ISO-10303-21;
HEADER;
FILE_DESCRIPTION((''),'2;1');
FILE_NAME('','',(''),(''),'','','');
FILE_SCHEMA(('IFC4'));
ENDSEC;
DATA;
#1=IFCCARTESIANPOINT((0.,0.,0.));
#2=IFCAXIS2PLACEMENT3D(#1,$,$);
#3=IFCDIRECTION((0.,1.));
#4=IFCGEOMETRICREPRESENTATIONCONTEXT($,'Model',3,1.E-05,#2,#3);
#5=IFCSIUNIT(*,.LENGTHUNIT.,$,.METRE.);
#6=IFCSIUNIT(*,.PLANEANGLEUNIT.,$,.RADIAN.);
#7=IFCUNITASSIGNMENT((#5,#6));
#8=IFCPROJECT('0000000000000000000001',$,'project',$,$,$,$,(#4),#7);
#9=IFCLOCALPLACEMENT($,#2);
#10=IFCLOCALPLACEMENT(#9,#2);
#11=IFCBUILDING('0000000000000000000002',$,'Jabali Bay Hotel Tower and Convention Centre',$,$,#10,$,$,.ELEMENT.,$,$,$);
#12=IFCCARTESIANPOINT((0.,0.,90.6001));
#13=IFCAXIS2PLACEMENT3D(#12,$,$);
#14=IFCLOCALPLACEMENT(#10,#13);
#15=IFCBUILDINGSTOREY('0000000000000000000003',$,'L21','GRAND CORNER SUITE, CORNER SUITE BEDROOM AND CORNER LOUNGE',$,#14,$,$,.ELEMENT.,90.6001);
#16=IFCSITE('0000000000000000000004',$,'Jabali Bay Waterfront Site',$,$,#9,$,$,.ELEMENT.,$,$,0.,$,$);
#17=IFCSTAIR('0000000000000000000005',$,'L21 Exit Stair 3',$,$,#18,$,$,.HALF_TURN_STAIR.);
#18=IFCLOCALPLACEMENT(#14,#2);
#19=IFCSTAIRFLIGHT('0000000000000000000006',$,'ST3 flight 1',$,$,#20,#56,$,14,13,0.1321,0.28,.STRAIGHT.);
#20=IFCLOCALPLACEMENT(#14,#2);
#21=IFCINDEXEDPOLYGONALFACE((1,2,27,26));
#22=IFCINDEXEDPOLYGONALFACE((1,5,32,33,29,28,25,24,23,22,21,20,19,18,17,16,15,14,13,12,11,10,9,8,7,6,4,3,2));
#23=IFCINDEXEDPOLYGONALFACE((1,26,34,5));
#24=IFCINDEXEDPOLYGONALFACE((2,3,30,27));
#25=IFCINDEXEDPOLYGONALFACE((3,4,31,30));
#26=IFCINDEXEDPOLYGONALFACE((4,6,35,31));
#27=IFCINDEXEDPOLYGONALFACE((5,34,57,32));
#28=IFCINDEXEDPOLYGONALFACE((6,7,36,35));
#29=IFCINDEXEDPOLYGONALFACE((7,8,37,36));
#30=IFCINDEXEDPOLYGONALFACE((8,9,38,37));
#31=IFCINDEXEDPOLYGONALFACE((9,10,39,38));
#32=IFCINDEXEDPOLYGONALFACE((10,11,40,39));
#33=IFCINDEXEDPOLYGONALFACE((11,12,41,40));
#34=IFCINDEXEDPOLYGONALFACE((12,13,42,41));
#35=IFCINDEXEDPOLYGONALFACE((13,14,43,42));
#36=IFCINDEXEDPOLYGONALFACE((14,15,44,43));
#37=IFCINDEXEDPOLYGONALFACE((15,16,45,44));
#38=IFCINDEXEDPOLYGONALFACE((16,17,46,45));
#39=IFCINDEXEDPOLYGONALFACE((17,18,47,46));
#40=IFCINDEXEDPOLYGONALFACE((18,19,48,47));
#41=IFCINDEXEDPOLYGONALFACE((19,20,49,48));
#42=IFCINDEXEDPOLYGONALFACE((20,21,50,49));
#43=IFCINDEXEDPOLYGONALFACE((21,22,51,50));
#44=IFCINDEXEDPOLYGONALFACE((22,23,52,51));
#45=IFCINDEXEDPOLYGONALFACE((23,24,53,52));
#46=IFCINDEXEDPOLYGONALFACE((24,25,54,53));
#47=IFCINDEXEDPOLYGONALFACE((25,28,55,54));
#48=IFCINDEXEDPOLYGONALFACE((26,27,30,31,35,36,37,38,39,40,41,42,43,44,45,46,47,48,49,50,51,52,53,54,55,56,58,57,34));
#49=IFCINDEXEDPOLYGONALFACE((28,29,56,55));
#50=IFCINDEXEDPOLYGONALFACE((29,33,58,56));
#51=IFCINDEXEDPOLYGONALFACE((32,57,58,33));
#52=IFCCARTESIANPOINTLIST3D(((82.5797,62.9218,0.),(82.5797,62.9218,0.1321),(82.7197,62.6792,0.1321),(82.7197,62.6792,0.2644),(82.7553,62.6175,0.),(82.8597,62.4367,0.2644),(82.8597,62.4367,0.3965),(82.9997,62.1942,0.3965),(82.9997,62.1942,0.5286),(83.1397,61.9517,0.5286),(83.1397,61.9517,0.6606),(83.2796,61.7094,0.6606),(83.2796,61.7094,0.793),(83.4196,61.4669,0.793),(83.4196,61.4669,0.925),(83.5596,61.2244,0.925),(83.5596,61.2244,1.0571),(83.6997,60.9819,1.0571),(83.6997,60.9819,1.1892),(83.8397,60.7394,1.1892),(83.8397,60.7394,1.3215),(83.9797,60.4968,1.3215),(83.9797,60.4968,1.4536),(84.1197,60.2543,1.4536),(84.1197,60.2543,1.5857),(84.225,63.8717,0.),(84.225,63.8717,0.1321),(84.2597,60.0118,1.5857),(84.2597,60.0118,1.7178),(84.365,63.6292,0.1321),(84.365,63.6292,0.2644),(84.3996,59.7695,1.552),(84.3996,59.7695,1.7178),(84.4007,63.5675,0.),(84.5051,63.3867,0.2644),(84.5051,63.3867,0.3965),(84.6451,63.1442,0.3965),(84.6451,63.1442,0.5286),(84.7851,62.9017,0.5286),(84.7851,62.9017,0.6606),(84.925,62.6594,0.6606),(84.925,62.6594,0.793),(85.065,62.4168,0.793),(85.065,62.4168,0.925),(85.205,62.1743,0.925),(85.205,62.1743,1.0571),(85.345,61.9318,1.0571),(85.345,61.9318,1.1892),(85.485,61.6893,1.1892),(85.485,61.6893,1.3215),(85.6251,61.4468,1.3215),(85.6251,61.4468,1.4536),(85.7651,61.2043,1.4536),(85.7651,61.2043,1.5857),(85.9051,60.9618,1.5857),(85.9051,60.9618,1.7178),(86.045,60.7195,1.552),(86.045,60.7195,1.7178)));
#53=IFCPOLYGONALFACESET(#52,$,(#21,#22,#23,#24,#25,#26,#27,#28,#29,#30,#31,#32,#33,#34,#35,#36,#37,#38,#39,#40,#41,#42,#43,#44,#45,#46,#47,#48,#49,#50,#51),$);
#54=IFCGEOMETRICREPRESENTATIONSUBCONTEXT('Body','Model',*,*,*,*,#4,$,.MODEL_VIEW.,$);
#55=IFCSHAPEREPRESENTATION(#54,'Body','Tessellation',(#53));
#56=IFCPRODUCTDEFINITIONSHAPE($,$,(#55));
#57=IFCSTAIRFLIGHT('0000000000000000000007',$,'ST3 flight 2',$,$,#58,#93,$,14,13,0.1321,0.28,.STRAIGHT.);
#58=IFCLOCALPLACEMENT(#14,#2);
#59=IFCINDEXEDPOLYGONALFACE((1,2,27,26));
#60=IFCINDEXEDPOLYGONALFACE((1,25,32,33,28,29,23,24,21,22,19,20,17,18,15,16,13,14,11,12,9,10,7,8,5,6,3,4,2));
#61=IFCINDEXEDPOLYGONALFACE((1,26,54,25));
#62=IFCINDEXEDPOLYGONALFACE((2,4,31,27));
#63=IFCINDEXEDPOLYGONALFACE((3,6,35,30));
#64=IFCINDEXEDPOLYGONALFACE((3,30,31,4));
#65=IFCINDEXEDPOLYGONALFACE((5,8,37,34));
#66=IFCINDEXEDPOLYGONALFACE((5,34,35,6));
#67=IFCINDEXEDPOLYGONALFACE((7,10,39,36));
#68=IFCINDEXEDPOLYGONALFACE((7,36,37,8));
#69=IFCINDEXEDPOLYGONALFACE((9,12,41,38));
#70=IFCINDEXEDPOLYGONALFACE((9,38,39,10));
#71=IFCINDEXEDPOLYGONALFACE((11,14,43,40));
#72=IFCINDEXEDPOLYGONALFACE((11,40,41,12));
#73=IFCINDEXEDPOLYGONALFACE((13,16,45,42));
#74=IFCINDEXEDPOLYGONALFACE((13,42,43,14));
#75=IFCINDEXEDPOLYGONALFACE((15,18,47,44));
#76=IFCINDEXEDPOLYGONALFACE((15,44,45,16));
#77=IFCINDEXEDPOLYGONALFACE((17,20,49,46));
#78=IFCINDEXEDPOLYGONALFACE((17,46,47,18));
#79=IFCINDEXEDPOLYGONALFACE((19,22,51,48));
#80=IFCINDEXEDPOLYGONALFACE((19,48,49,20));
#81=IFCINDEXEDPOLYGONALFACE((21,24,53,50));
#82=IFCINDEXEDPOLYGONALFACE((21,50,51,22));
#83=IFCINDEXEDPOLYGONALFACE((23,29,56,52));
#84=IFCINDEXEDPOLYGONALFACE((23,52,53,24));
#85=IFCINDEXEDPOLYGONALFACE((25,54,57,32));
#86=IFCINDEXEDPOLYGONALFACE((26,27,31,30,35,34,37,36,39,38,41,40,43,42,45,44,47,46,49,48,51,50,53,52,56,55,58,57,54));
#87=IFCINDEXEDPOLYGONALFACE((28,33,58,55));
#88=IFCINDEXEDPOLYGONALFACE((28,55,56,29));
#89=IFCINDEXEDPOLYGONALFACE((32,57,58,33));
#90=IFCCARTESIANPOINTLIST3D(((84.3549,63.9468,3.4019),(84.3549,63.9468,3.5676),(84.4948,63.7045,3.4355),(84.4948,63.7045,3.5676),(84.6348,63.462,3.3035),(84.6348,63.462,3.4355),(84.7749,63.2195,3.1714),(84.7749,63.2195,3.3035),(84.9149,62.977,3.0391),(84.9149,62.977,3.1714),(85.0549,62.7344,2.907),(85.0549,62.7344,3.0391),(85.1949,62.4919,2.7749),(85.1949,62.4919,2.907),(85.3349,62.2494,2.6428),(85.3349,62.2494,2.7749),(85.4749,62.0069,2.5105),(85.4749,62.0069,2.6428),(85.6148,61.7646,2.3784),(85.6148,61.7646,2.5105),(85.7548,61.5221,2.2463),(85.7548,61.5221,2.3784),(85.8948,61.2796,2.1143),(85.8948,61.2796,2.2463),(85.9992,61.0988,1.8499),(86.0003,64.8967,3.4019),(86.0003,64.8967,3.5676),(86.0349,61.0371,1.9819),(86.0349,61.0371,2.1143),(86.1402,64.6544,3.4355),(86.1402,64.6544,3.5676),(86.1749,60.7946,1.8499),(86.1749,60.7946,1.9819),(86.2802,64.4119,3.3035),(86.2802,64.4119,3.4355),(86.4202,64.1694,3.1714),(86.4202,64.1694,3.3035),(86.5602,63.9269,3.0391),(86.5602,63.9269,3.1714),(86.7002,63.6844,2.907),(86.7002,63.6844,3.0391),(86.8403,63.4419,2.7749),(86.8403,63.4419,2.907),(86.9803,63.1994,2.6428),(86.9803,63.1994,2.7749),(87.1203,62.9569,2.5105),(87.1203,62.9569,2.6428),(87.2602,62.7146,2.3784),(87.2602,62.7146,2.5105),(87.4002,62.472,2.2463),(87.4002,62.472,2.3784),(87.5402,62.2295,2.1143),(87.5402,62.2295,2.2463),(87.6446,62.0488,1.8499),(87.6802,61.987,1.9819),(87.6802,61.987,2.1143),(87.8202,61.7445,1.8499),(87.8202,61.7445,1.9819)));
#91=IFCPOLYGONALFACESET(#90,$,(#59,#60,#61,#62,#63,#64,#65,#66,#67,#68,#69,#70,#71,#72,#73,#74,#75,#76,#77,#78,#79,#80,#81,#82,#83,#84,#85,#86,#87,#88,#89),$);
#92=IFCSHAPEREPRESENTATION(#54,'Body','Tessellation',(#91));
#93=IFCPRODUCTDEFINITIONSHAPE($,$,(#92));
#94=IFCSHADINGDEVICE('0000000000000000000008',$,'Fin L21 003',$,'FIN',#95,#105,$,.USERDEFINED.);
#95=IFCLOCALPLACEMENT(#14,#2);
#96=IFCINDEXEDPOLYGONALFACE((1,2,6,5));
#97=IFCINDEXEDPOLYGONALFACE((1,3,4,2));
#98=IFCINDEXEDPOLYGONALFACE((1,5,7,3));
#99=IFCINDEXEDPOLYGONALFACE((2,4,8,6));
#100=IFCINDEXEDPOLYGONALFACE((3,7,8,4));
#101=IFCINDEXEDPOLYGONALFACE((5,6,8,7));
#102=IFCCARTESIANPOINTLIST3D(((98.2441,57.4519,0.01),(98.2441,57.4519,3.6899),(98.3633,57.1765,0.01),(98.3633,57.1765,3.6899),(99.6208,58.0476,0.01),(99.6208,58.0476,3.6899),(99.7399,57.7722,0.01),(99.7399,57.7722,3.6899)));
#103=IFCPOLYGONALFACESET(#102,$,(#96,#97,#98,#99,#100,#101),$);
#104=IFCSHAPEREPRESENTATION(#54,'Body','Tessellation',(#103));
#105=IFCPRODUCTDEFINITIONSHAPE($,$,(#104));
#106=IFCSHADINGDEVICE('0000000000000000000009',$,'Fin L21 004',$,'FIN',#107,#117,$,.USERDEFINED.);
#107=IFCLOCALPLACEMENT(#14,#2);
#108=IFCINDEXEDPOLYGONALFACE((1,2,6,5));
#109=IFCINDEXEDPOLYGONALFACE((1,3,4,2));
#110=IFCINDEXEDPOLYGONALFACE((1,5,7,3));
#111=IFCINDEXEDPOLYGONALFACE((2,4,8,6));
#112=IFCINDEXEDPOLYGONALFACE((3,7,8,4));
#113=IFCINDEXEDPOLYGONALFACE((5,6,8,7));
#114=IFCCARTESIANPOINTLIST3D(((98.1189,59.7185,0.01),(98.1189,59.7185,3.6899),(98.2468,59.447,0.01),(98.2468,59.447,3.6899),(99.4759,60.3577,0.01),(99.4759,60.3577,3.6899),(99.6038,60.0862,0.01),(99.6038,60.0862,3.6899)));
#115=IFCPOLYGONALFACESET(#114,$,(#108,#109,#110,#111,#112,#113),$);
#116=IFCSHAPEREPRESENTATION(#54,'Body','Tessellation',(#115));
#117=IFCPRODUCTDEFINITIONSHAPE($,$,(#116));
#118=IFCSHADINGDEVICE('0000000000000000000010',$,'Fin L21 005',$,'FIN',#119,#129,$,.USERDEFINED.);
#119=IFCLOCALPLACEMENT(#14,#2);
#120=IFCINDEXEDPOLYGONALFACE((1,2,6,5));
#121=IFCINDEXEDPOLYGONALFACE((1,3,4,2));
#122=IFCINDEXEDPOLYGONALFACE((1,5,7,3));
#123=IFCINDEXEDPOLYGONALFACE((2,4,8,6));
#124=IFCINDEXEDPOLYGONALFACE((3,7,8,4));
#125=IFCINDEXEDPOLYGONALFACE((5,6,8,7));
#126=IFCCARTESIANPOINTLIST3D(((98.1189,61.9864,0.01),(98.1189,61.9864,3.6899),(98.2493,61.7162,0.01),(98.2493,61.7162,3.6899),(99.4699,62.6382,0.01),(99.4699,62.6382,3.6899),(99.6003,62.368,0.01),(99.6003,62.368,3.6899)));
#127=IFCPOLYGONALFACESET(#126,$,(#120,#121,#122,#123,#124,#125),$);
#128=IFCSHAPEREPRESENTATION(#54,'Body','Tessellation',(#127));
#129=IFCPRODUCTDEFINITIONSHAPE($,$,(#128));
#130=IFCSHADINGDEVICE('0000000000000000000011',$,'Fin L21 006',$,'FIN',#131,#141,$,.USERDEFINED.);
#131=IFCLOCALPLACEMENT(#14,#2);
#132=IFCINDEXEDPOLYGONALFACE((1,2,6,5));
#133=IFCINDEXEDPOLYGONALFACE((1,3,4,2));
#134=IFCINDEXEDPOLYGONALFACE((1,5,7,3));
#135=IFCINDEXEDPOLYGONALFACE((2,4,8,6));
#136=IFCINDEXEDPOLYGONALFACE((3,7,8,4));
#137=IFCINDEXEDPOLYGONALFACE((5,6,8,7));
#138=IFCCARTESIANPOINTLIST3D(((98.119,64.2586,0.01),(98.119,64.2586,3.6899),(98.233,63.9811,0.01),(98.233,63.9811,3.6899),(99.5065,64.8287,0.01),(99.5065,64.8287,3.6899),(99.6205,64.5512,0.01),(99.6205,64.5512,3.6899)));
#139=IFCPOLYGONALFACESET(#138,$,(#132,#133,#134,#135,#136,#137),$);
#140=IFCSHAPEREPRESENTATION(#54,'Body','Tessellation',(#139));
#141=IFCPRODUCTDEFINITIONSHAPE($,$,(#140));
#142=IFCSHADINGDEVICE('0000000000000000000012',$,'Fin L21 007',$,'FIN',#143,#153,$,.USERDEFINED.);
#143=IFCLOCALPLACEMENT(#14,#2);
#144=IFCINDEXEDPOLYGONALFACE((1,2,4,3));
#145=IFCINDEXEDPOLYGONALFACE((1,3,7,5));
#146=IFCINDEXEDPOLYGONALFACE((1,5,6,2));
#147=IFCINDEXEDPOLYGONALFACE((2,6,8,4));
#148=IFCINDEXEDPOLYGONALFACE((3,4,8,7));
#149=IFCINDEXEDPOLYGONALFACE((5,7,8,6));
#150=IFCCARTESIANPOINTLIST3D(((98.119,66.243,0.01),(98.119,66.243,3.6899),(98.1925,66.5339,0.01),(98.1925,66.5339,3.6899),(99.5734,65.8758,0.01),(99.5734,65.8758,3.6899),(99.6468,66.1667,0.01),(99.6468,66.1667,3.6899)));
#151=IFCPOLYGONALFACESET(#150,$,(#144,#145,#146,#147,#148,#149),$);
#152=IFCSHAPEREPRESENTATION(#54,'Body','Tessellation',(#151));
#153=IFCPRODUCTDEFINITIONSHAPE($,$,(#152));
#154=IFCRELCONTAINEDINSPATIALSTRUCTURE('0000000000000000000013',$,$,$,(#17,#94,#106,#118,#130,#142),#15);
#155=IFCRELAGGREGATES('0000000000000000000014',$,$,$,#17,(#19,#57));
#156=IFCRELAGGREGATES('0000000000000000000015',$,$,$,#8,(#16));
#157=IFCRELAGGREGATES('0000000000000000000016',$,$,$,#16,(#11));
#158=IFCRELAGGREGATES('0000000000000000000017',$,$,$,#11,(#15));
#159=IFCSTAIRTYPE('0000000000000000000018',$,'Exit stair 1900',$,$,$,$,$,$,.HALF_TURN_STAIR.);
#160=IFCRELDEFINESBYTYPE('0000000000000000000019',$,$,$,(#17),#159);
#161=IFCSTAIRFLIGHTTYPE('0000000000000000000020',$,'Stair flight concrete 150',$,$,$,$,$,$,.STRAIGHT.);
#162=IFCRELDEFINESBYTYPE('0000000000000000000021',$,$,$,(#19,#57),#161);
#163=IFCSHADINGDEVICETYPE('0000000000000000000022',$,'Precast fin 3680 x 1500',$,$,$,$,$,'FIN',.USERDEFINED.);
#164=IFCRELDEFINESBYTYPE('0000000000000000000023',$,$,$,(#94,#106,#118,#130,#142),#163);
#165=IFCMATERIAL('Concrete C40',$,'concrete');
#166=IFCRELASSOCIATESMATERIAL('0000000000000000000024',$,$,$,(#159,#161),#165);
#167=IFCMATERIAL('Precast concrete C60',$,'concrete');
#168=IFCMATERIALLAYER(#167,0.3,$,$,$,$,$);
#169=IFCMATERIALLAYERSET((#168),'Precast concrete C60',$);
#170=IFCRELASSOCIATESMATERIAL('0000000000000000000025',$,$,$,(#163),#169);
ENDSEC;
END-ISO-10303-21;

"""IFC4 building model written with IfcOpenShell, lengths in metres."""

from ifc_helpers import new_model, si_unit, direction, frame, frame_2d, origin, place, context, subcontext, project, spatial, polyline, rectangle, outline, extrude, material, layer, layer_set, type_object, element, aggregate, save


model = new_model("IFC4")

# Units and contexts
model_context = context("Model", 3, precision=1e-05, world=origin(), true_north=direction((0.0, 1.0)))
body_context = subcontext(model_context, "Body", "Model", "MODEL_VIEW")
ifc_project = project(units=[si_unit("LENGTHUNIT", "METRE"), si_unit("PLANEANGLEUNIT", "RADIAN")], contexts=[model_context])

# Site, building, storey
site_placement = place(None, origin())
site = spatial("IfcSite", under=ifc_project, at=site_placement, Name="Jabali Bay Waterfront Site", CompositionType="ELEMENT", RefElevation=0.0)
building_placement = place(site_placement, origin())
building = spatial("IfcBuilding", under=site, at=building_placement, Name="Jabali Bay Hotel Tower and Convention Centre", CompositionType="ELEMENT")
storey_placement = place(building_placement, frame((0.0, 0.0, 90.6001)))
storey = spatial("IfcBuildingStorey", under=building, at=storey_placement, Name="L21", Description="GRAND CORNER SUITE, CORNER SUITE BEDROOM AND CORNER LOUNGE", CompositionType="ELEMENT", Elevation=90.6001)

# Shared definitions
ifc_material_1 = material(Name="Concrete C40", Category="concrete")

# Stair, stair flights
stair_type = type_object("IfcStairType", Name="Exit stair 1900", PredefinedType="HALF_TURN_STAIR", material=ifc_material_1)
stair_placement = place(storey_placement, origin())
stair = element("IfcStair", 1, at=stair_placement, inside=storey, type_object=stair_type, Name="L21 Exit Stair 3", PredefinedType="HALF_TURN_STAIR")
stair_flight_type = type_object("IfcStairFlightType", Name="Stair flight concrete 150", PredefinedType="STRAIGHT", material=ifc_material_1)
stair_flight_1_placement = place(storey_placement, frame((83.4023, 63.3967, 0.0), z_axis=(0.0, 0.0, 1.0), x_axis=(0.5, -0.866025, 0.0)))
stair_flight_1 = element("IfcStairFlight", 2, at=stair_flight_1_placement, type_object=stair_flight_type, Name="ST3 flight 1", NumberOfRisers=14, NumberOfTreads=13, PredefinedType="STRAIGHT", RiserHeight=0.1321, TreadLength=0.28, context=body_context, shape_type="SweptSolid", body=[
    extrude(outline(polyline([(0.0, 0.0), (0.0, 0.1321), (0.28, 0.1321), (0.28, 0.2644), (0.5601, 0.2644), (0.5601, 0.3965), (0.8401, 0.3965), (0.8401, 0.5286), (1.1201, 0.5286), (1.1201, 0.6606), (1.3999, 0.6606), (1.3999, 0.793), (1.6799, 0.793), (1.6799, 0.925), (1.96, 0.925), (1.96, 1.0571), (2.24, 1.0571), (2.24, 1.1892), (2.52, 1.1892), (2.52, 1.3215), (2.8, 1.3215), (2.8, 1.4536), (3.0801, 1.4536), (3.0801, 1.5857), (3.3601, 1.5857), (3.3601, 1.7178), (3.6399, 1.7178), (3.6399, 1.8501), (3.6399, 1.552), (0.3513, 0.0), (0.0, 0.0)])), frame((0.0, 0.95, 0.0), z_axis=(0.0, -1.0, 0.0), x_axis=(1.0, 0.0, 0.0)), (0.0, 0.0, 1.0), 1.8999),
])
stair_flight_2_placement = place(storey_placement, frame((86.9976, 61.2695, 1.8499), z_axis=(0.0, 0.0, 1.0), x_axis=(-0.5, 0.866025, 0.0)))
stair_flight_2 = element("IfcStairFlight", 3, at=stair_flight_2_placement, type_object=stair_flight_type, Name="ST3 flight 2", NumberOfRisers=14, NumberOfTreads=13, PredefinedType="STRAIGHT", RiserHeight=0.1321, TreadLength=0.28, context=body_context, shape_type="SweptSolid", body=[
    extrude(outline(polyline([(0.0, 0.0), (0.0, 0.1321), (0.28, 0.1321), (0.28, 0.2644), (0.5601, 0.2644), (0.5601, 0.3965), (0.8401, 0.3965), (0.8401, 0.5286), (1.1201, 0.5286), (1.1201, 0.6606), (1.3999, 0.6606), (1.3999, 0.793), (1.6799, 0.793), (1.6799, 0.925), (1.96, 0.925), (1.96, 1.0571), (2.24, 1.0571), (2.24, 1.1892), (2.52, 1.1892), (2.52, 1.3215), (2.8, 1.3215), (2.8, 1.4536), (3.0801, 1.4536), (3.0801, 1.5857), (3.3601, 1.5857), (3.3601, 1.7178), (3.6399, 1.7178), (3.6399, 1.8501), (3.6399, 1.552), (0.3513, 0.0), (0.0, 0.0)])), frame((0.0, 0.95, 0.0), z_axis=(0.0, -1.0, 0.0), x_axis=(1.0, 0.0, 0.0)), (0.0, 0.0, 1.0), 1.8999),
])
aggregate(stair, [stair_flight_1, stair_flight_2])

# Shading devices
ifc_material_2 = material(Name="Precast concrete C60", Category="concrete")
ifc_layer_1 = layer(ifc_material_2, 0.3)
ifc_layer_set_1 = layer_set([ifc_layer_1], Name="Precast concrete C60")
shading_device_type = type_object("IfcShadingDeviceType", Name="Precast fin 3680 x 1500", ElementType="FIN", PredefinedType="USERDEFINED", material=ifc_layer_set_1)
for number, where, z_axis, x_axis, name in (
    (4, (98.3037, 57.3142, 0.01), (0.0, 0.0, 1.0), (0.917767, 0.397119, 0.0), "Fin L21 003"),
    (5, (98.1829, 59.5828, 0.01), (0.0, 0.0, 1.0), (0.904664, 0.426126, 0.0), "Fin L21 004"),
    (6, (98.1841, 61.8513, 0.01), (0.0, 0.0, 1.0), (0.900653, 0.43454, 0.0), "Fin L21 005"),
    (7, (98.176, 64.1199, 0.01), (0.0, 0.0, 1.0), (0.924968, 0.380046, 0.0), "Fin L21 006"),
    (8, (98.1558, 66.3884, 0.01), (0.0, 0.0, 1.0), (0.969575, -0.244794, 0.0), "Fin L21 007"),
):
    element("IfcShadingDevice", number, at=place(storey_placement, frame(where, z_axis=z_axis, x_axis=x_axis)), inside=storey, type_object=shading_device_type, Name=name, ObjectType="FIN", PredefinedType="USERDEFINED", context=body_context, shape_type="SweptSolid", body=[
        extrude(rectangle(XDim=1.5, YDim=0.3, at=frame_2d((0.75, 0.0))), origin(), (0.0, 0.0, 1.0), 3.6799),
    ])

save(model, "model.ifc")
